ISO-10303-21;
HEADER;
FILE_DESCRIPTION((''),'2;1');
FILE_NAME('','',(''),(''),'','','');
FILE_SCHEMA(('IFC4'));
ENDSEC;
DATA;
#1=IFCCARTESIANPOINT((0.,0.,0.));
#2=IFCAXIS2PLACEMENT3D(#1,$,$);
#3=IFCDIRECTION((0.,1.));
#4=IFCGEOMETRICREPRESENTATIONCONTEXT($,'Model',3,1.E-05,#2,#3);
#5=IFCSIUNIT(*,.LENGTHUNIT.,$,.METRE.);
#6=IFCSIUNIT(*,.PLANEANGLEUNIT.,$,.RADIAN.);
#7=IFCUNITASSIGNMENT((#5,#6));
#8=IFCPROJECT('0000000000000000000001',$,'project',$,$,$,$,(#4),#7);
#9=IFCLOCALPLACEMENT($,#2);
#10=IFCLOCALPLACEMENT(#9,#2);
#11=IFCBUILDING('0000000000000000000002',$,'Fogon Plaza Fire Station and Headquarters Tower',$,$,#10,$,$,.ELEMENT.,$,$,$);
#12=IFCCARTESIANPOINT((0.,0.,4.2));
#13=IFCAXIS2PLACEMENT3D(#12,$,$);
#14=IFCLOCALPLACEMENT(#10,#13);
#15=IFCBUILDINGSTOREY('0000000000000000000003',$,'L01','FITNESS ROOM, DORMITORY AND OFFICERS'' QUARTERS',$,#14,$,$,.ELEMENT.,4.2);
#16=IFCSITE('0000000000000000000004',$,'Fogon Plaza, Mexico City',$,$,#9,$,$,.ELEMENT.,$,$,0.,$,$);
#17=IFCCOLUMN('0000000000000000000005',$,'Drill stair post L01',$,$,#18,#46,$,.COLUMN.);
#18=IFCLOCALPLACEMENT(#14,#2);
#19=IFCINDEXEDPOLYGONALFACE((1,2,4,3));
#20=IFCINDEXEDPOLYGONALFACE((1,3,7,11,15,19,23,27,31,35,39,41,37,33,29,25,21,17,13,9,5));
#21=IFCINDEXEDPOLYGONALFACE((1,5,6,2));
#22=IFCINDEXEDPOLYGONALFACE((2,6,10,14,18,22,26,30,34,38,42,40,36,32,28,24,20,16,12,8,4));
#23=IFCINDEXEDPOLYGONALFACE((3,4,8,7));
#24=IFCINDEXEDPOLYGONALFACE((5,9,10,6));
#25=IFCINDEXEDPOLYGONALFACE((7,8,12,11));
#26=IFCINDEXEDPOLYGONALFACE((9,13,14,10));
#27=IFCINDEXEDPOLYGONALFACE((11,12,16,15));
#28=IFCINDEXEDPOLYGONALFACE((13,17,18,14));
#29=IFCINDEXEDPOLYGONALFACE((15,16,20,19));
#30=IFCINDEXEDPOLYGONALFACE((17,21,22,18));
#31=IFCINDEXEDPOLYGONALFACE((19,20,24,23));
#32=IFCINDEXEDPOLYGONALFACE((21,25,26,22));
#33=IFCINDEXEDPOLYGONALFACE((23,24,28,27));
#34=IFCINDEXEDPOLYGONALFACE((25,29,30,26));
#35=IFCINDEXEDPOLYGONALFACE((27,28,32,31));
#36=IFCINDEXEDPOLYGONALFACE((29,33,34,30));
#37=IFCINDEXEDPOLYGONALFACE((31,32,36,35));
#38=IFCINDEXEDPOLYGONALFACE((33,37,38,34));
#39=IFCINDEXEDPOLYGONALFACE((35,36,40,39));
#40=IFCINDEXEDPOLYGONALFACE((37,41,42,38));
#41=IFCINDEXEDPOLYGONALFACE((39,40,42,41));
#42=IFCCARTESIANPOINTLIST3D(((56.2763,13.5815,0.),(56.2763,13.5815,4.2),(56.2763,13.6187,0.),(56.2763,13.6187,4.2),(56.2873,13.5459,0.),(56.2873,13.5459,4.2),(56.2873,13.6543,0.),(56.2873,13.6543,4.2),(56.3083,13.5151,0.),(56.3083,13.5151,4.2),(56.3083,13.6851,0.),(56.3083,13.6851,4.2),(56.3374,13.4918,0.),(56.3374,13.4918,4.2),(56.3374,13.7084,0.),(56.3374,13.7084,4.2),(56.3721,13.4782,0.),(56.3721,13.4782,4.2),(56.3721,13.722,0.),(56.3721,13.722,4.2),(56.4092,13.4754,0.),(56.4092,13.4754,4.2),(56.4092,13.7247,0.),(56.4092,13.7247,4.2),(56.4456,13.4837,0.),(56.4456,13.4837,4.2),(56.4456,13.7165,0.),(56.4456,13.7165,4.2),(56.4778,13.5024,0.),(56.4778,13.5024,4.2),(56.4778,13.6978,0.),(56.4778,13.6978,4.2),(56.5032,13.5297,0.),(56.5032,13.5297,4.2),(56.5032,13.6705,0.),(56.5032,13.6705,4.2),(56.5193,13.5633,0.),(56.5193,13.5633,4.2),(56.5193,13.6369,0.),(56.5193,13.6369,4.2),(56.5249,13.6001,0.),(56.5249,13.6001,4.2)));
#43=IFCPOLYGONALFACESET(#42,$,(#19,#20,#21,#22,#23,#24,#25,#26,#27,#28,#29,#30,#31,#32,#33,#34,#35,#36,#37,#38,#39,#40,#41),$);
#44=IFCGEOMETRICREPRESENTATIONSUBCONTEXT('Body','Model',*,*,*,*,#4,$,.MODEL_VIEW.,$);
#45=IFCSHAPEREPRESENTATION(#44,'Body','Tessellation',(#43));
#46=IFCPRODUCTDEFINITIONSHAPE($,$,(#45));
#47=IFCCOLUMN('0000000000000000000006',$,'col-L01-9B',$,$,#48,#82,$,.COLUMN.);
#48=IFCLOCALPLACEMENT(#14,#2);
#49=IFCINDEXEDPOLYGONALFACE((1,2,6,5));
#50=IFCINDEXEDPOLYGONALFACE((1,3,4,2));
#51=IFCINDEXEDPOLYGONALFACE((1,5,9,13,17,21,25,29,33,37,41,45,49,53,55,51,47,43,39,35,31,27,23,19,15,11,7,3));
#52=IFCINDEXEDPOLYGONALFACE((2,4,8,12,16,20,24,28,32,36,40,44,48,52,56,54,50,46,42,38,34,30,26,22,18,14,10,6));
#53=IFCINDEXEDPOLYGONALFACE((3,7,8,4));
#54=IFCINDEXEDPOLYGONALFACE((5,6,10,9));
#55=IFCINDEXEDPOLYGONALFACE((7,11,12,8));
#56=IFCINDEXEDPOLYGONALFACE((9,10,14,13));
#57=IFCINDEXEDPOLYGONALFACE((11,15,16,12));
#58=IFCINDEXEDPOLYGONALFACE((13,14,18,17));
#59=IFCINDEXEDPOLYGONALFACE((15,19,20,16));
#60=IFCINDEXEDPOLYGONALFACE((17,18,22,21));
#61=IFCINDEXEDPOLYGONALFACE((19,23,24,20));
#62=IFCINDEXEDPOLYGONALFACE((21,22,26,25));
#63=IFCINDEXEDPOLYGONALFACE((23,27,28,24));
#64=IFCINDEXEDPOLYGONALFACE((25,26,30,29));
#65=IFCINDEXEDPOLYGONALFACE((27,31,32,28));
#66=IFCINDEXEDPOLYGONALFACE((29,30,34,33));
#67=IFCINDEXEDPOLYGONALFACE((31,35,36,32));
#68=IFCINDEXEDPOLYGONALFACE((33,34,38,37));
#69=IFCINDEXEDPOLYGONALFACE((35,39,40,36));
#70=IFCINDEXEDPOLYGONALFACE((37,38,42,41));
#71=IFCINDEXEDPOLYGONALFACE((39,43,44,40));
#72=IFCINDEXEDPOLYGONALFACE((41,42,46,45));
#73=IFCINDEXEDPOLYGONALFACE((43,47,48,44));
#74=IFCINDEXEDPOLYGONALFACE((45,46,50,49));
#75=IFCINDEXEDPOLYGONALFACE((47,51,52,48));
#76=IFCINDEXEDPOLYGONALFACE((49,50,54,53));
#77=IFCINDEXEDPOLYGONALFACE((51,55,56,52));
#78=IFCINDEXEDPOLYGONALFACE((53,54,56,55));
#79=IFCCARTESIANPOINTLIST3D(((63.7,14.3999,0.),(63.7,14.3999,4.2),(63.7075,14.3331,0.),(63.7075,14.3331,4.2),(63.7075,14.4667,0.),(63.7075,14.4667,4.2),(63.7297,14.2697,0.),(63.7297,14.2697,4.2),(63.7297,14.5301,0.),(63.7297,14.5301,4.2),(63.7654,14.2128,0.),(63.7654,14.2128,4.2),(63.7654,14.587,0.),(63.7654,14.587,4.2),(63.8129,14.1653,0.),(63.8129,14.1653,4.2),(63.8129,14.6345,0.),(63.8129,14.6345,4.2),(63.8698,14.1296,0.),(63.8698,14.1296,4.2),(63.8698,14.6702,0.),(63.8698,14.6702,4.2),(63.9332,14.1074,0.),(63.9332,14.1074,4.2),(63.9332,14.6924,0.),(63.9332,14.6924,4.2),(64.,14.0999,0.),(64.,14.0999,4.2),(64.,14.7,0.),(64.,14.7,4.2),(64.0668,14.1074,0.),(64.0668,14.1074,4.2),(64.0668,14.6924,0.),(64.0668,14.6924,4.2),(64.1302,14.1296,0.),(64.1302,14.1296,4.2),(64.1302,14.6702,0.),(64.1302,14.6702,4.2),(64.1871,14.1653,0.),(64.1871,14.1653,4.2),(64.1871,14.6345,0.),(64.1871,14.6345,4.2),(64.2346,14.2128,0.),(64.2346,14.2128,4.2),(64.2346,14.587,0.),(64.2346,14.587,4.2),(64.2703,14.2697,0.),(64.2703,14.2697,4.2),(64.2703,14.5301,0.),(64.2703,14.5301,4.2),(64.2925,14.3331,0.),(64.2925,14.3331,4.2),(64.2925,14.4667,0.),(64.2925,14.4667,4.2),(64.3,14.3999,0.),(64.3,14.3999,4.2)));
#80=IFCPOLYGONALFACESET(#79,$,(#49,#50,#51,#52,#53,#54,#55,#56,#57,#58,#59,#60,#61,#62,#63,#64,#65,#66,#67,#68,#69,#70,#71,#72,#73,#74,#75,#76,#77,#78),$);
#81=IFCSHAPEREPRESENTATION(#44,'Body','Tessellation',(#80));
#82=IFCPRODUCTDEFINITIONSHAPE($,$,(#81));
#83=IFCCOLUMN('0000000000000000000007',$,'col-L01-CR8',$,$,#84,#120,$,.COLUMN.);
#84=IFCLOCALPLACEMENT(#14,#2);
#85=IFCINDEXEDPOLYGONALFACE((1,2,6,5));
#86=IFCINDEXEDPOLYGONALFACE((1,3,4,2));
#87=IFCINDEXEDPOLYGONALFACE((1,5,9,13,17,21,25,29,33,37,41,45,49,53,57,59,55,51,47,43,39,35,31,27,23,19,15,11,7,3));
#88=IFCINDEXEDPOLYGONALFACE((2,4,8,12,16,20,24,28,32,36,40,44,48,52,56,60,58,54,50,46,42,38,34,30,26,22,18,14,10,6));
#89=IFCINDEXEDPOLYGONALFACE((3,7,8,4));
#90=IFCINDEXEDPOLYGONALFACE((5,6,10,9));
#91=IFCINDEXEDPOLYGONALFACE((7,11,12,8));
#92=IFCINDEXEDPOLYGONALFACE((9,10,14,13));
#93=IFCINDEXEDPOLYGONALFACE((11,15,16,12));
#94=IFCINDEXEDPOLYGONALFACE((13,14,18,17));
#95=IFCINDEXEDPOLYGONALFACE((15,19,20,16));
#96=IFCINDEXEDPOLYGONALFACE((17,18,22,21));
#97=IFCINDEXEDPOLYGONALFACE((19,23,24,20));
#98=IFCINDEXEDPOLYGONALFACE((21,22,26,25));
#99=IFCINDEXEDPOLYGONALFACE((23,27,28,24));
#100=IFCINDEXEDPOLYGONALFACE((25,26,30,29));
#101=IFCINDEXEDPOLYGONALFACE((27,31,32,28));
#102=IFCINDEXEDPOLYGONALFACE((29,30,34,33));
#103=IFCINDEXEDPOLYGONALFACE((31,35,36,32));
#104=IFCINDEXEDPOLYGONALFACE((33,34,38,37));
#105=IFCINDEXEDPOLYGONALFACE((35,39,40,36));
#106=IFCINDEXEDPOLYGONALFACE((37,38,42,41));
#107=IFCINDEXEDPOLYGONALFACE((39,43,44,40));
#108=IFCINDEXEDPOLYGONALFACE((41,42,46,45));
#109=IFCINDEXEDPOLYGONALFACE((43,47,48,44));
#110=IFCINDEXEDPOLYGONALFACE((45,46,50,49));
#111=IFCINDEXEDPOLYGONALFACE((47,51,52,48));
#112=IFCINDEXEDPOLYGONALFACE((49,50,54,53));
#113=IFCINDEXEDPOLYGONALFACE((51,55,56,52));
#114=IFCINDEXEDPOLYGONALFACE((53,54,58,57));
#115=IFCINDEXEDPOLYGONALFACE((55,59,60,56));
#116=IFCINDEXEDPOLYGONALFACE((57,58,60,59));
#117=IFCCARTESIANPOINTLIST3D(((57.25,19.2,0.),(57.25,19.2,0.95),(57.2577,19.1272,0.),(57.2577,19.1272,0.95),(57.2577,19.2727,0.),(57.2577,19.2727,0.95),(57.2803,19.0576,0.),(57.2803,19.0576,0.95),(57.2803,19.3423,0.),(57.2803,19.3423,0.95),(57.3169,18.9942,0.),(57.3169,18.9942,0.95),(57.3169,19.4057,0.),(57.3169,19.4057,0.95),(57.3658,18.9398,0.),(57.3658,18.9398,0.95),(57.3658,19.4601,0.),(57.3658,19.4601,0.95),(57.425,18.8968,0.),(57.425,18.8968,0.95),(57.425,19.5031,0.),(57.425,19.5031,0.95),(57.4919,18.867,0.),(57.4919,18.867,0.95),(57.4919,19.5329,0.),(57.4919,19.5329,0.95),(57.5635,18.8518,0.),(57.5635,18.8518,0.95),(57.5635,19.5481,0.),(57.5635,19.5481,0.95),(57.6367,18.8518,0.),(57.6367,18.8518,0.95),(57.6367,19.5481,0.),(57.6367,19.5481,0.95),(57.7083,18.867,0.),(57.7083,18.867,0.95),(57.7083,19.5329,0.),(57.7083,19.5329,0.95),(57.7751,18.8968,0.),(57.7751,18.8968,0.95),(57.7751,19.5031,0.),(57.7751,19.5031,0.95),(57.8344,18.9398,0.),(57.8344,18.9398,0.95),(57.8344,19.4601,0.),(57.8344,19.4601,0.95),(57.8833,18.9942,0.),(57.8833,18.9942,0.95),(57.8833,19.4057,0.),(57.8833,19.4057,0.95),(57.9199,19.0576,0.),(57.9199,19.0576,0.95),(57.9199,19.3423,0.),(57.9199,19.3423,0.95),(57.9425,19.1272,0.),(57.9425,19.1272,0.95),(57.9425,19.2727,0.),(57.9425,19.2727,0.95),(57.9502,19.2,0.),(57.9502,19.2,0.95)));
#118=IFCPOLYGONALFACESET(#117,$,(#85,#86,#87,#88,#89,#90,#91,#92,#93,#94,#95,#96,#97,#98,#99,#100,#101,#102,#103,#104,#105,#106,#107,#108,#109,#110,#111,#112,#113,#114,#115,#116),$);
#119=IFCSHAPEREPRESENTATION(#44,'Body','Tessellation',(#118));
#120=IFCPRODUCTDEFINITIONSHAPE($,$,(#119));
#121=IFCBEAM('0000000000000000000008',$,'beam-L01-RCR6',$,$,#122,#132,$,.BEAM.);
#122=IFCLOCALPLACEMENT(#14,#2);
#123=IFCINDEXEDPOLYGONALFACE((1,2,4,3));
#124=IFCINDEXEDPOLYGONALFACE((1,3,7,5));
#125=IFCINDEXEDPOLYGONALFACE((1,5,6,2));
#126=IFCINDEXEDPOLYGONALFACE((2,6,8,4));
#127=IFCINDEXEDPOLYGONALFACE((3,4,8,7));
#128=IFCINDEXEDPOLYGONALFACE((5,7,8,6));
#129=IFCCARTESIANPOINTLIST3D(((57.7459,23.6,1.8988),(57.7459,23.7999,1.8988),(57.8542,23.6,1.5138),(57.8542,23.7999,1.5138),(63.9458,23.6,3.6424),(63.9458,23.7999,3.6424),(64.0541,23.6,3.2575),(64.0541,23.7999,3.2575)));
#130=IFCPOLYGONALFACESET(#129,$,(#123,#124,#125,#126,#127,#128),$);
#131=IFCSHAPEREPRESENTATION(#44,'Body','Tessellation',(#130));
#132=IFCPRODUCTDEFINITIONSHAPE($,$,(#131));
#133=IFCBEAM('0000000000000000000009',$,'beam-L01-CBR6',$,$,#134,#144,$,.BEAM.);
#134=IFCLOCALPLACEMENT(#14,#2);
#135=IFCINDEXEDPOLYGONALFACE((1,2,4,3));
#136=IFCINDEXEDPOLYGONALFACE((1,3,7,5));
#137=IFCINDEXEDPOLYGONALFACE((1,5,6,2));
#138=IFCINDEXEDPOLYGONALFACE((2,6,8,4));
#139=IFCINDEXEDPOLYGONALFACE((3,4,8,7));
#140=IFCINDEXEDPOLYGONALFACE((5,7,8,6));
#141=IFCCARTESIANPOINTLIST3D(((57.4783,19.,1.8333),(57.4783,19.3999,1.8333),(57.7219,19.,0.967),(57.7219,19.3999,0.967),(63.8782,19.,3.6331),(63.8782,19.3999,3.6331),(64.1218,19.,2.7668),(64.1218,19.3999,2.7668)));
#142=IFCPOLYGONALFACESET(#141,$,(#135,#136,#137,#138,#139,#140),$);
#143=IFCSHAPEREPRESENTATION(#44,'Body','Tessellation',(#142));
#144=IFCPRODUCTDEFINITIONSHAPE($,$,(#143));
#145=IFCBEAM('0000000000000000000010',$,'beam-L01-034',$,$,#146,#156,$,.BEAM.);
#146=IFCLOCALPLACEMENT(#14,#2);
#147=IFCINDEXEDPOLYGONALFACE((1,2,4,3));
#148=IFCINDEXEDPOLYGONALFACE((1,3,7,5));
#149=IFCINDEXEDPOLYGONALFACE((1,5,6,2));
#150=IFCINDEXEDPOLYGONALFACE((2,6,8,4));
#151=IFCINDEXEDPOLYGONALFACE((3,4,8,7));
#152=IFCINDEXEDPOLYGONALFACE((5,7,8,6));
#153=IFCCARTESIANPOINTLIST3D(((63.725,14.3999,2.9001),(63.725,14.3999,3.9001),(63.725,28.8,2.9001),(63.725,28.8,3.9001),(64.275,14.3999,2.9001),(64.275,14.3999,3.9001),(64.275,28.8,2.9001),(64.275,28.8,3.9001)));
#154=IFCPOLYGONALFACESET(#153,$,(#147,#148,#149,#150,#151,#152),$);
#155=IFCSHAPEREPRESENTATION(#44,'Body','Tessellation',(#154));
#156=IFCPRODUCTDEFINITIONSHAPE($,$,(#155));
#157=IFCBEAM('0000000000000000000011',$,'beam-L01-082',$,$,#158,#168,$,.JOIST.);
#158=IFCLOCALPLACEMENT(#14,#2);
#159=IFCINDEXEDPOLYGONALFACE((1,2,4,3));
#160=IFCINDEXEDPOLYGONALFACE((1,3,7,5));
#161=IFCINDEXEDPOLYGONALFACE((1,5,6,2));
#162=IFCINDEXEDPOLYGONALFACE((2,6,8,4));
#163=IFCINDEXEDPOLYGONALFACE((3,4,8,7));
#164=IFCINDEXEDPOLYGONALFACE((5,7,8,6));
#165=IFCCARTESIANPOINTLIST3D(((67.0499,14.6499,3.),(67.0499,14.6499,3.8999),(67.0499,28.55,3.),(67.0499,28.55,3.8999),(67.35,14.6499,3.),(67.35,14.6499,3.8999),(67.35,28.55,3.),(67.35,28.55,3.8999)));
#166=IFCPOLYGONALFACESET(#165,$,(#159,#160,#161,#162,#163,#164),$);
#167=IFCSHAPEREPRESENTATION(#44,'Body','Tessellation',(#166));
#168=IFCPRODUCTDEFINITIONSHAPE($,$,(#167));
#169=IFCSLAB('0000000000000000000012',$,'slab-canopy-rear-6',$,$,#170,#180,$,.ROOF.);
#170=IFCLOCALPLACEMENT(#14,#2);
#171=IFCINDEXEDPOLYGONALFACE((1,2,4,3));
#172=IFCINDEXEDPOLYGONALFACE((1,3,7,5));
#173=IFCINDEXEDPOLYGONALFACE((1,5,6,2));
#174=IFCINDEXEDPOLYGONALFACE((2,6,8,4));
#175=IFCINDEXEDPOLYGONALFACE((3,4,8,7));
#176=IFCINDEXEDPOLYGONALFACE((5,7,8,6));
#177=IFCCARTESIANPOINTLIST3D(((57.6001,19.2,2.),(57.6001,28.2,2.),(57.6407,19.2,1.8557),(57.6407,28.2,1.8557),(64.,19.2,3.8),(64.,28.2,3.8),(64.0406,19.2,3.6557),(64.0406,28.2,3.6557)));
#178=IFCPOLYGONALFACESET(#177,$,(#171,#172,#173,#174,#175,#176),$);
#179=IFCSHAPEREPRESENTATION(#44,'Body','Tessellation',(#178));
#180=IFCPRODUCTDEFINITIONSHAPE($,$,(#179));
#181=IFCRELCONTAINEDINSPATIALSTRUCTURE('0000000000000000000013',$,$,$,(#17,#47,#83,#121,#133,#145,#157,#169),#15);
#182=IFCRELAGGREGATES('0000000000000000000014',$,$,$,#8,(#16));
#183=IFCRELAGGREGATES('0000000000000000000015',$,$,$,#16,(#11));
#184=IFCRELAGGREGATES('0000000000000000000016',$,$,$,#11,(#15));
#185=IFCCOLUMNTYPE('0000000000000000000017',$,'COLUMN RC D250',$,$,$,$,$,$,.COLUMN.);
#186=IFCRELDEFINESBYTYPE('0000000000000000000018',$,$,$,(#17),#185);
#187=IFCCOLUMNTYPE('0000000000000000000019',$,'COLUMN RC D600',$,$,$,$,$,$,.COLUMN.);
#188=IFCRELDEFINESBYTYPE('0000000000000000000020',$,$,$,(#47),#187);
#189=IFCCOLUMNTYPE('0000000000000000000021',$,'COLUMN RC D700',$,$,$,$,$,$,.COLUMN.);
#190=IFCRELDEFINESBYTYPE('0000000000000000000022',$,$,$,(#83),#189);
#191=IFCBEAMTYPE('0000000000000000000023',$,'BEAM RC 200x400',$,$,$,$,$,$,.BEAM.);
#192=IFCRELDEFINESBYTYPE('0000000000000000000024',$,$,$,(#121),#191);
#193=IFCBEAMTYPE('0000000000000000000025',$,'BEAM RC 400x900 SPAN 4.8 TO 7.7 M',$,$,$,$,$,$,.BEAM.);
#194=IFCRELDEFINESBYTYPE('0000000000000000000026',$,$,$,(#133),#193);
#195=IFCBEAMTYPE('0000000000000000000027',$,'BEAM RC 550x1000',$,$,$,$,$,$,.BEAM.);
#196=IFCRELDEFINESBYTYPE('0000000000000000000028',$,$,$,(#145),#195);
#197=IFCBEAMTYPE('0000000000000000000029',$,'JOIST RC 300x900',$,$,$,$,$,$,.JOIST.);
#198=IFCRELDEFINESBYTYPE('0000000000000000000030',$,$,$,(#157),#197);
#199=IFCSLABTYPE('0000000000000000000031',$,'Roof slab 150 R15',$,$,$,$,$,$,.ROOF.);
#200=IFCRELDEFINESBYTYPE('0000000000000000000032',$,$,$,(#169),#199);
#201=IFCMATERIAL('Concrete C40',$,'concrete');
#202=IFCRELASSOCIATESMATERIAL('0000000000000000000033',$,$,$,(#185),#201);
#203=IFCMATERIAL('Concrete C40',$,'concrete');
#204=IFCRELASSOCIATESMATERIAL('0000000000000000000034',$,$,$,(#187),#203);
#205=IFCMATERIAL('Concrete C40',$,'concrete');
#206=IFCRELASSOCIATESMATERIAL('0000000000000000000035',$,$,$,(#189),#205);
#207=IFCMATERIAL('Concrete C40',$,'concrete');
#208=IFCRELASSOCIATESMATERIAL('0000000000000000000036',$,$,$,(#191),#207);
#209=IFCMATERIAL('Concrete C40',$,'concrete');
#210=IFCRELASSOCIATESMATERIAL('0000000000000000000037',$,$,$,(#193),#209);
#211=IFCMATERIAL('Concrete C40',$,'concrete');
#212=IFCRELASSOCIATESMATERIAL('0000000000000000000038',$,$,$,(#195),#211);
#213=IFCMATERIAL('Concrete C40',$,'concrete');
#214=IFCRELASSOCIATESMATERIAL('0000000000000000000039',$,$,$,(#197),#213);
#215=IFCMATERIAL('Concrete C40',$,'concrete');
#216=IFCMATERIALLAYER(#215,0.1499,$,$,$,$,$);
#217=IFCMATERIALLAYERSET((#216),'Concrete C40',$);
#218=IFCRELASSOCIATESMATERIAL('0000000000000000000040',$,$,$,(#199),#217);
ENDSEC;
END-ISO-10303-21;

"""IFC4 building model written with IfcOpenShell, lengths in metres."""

from ifc_helpers import new_model, si_unit, direction, frame, origin, origin_2d, place, context, subcontext, project, spatial, polyline, rectangle, circle, outline, extrude, material, layer, layer_set, material_profile, profile_set, type_object, element, save


model = new_model("IFC4")

# Units and contexts
model_context = context("Model", 3, precision=1e-05, world=origin(), true_north=direction((0.0, 1.0)))
body_context = subcontext(model_context, "Body", "Model", "MODEL_VIEW")
ifc_project = project(units=[si_unit("LENGTHUNIT", "METRE"), si_unit("PLANEANGLEUNIT", "RADIAN")], contexts=[model_context])

# Site, building, storey
site_placement = place(None, origin())
site = spatial("IfcSite", under=ifc_project, at=site_placement, Name="Fogon Plaza, Mexico City", CompositionType="ELEMENT", RefElevation=0.0)
building_placement = place(site_placement, origin())
building = spatial("IfcBuilding", under=site, at=building_placement, Name="Fogon Plaza Fire Station and Headquarters Tower", CompositionType="ELEMENT")
storey_placement = place(building_placement, frame((0.0, 0.0, 4.2)))
storey = spatial("IfcBuildingStorey", under=building, at=storey_placement, Name="L01", Description="FITNESS ROOM, DORMITORY AND OFFICERS' QUARTERS", CompositionType="ELEMENT", Elevation=4.2)

# Columns
ifc_material_1 = material(Name="Concrete C40", Category="concrete")
ifc_material_profile_1 = material_profile(ifc_material_1, circle(Radius=0.125, at=origin_2d()), Name="RC D250")
ifc_profile_set_1 = profile_set([ifc_material_profile_1], Name="Concrete C40")
column_type_1 = type_object("IfcColumnType", Name="COLUMN RC D250", PredefinedType="COLUMN", material=ifc_profile_set_1)
column_1_placement = place(storey_placement, frame((56.3999, 13.6001, 0.0), z_axis=(0.0, 0.0, 1.0), x_axis=(1.0, 0.0, 0.0)))
element("IfcColumn", 1, at=column_1_placement, inside=storey, type_object=column_type_1, Name="Drill stair post L01", PredefinedType="COLUMN", context=body_context, shape_type="SweptSolid", body=[
    extrude(circle(Radius=0.125, at=origin_2d()), origin(), (0.0, 0.0, 1.0), 4.2),
])
ifc_material_2 = material(Name="Concrete C40", Category="concrete")
ifc_material_profile_2 = material_profile(ifc_material_2, circle(Radius=0.3, at=origin_2d()), Name="RC D600")
ifc_profile_set_2 = profile_set([ifc_material_profile_2], Name="Concrete C40")
column_type_2 = type_object("IfcColumnType", Name="COLUMN RC D600", PredefinedType="COLUMN", material=ifc_profile_set_2)
column_2_placement = place(storey_placement, frame((64.0, 14.3999, 0.0), z_axis=(0.0, 0.0, 1.0), x_axis=(1.0, 0.0, 0.0)))
element("IfcColumn", 2, at=column_2_placement, inside=storey, type_object=column_type_2, Name="col-L01-9B", PredefinedType="COLUMN", context=body_context, shape_type="SweptSolid", body=[
    extrude(circle(Radius=0.3, at=origin_2d()), origin(), (0.0, 0.0, 1.0), 4.2),
])
ifc_material_3 = material(Name="Concrete C40", Category="concrete")
ifc_material_profile_3 = material_profile(ifc_material_3, circle(Radius=0.3501, at=origin_2d()), Name="RC D700")
ifc_profile_set_3 = profile_set([ifc_material_profile_3], Name="Concrete C40")
column_type_3 = type_object("IfcColumnType", Name="COLUMN RC D700", PredefinedType="COLUMN", material=ifc_profile_set_3)
column_3_placement = place(storey_placement, frame((57.6001, 19.2, 0.0), z_axis=(0.0, 0.0, 1.0), x_axis=(1.0, 0.0, 0.0)))
element("IfcColumn", 3, at=column_3_placement, inside=storey, type_object=column_type_3, Name="col-L01-CR8", PredefinedType="COLUMN", context=body_context, shape_type="SweptSolid", body=[
    extrude(circle(Radius=0.3501, at=origin_2d()), origin(), (0.0, 0.0, 1.0), 0.95),
])

# Beams
ifc_material_4 = material(Name="Concrete C40", Category="concrete")
ifc_material_profile_4 = material_profile(ifc_material_4, rectangle(XDim=0.2, YDim=0.3999, at=origin_2d()), Name="RC 200x400")
ifc_profile_set_4 = profile_set([ifc_material_profile_4], Name="Concrete C40")
beam_type_1 = type_object("IfcBeamType", Name="BEAM RC 200x400", PredefinedType="BEAM", material=ifc_profile_set_4)
beam_1_placement = place(storey_placement, frame((57.8, 23.7, 1.7063), z_axis=(0.962654, 0.0, 0.270734), x_axis=(0.0, 1.0, 0.0)))
element("IfcBeam", 4, at=beam_1_placement, inside=storey, type_object=beam_type_1, Name="beam-L01-RCR6", PredefinedType="BEAM", context=body_context, shape_type="SweptSolid", body=[
    extrude(rectangle(XDim=0.2, YDim=0.3999, at=origin_2d()), origin(), (0.0, 0.0, 1.0), 6.4404),
])
ifc_material_5 = material(Name="Concrete C40", Category="concrete")
ifc_material_profile_5 = material_profile(ifc_material_5, rectangle(XDim=0.3999, YDim=0.8999, at=origin_2d()), Name="RC 400x900")
ifc_profile_set_5 = profile_set([ifc_material_profile_5], Name="Concrete C40")
beam_type_2 = type_object("IfcBeamType", Name="BEAM RC 400x900 SPAN 4.8 TO 7.7 M", PredefinedType="BEAM", material=ifc_profile_set_5)
beam_2_placement = place(storey_placement, frame((57.6001, 19.2, 1.4001), z_axis=(0.962658, 0.0, 0.270722), x_axis=(0.0, 1.0, 0.0)))
element("IfcBeam", 5, at=beam_2_placement, inside=storey, type_object=beam_type_2, Name="beam-L01-CBR6", PredefinedType="BEAM", context=body_context, shape_type="SweptSolid", body=[
    extrude(rectangle(XDim=0.3999, YDim=0.8999, at=origin_2d()), origin(), (0.0, 0.0, 1.0), 6.6482),
])
ifc_material_6 = material(Name="Concrete C40", Category="concrete")
ifc_material_profile_6 = material_profile(ifc_material_6, rectangle(XDim=0.55, YDim=1.0, at=origin_2d()), Name="RC 550x1000")
ifc_profile_set_6 = profile_set([ifc_material_profile_6], Name="Concrete C40")
beam_type_3 = type_object("IfcBeamType", Name="BEAM RC 550x1000", PredefinedType="BEAM", material=ifc_profile_set_6)
beam_3_placement = place(storey_placement, frame((64.0, 14.3999, 3.4001), z_axis=(0.0, 1.0, 0.0), x_axis=(-1.0, 0.0, 0.0)))
element("IfcBeam", 6, at=beam_3_placement, inside=storey, type_object=beam_type_3, Name="beam-L01-034", PredefinedType="BEAM", context=body_context, shape_type="SweptSolid", body=[
    extrude(rectangle(XDim=0.55, YDim=1.0, at=origin_2d()), origin(), (0.0, 0.0, 1.0), 14.4001),
])
ifc_material_7 = material(Name="Concrete C40", Category="concrete")
ifc_material_profile_7 = material_profile(ifc_material_7, rectangle(XDim=0.3, YDim=0.8999, at=origin_2d()), Name="RC 300x900")
ifc_profile_set_7 = profile_set([ifc_material_profile_7], Name="Concrete C40")
beam_type_4 = type_object("IfcBeamType", Name="JOIST RC 300x900", PredefinedType="JOIST", material=ifc_profile_set_7)
beam_4_placement = place(storey_placement, frame((67.2, 14.6499, 3.45), z_axis=(0.0, 1.0, 0.0), x_axis=(-1.0, 0.0, 0.0)))
element("IfcBeam", 7, at=beam_4_placement, inside=storey, type_object=beam_type_4, Name="beam-L01-082", PredefinedType="JOIST", context=body_context, shape_type="SweptSolid", body=[
    extrude(rectangle(XDim=0.3, YDim=0.8999, at=origin_2d()), origin(), (0.0, 0.0, 1.0), 13.9001),
])

# Slab
ifc_material_8 = material(Name="Concrete C40", Category="concrete")
ifc_layer_1 = layer(ifc_material_8, 0.1499)
ifc_layer_set_1 = layer_set([ifc_layer_1], Name="Concrete C40")
slab_type = type_object("IfcSlabType", Name="Roof slab 150 R15", PredefinedType="ROOF", material=ifc_layer_set_1)
slab_placement = place(storey_placement, frame((57.6001, 28.2, 2.0), z_axis=(-0.270756, 0.0, 0.962648), x_axis=(0.962648, 0.0, 0.270756)))
element("IfcSlab", 8, at=slab_placement, inside=storey, type_object=slab_type, Name="slab-canopy-rear-6", PredefinedType="ROOF", context=body_context, shape_type="SweptSolid", body=[
    extrude(outline(polyline([(0.0, 0.0), (6.6482, 0.0), (6.6482, -9.0), (0.0, -9.0), (0.0, 0.0)])), origin(), (0.0, 0.0, -1.0), 0.1499),
])

save(model, "model.ifc")
